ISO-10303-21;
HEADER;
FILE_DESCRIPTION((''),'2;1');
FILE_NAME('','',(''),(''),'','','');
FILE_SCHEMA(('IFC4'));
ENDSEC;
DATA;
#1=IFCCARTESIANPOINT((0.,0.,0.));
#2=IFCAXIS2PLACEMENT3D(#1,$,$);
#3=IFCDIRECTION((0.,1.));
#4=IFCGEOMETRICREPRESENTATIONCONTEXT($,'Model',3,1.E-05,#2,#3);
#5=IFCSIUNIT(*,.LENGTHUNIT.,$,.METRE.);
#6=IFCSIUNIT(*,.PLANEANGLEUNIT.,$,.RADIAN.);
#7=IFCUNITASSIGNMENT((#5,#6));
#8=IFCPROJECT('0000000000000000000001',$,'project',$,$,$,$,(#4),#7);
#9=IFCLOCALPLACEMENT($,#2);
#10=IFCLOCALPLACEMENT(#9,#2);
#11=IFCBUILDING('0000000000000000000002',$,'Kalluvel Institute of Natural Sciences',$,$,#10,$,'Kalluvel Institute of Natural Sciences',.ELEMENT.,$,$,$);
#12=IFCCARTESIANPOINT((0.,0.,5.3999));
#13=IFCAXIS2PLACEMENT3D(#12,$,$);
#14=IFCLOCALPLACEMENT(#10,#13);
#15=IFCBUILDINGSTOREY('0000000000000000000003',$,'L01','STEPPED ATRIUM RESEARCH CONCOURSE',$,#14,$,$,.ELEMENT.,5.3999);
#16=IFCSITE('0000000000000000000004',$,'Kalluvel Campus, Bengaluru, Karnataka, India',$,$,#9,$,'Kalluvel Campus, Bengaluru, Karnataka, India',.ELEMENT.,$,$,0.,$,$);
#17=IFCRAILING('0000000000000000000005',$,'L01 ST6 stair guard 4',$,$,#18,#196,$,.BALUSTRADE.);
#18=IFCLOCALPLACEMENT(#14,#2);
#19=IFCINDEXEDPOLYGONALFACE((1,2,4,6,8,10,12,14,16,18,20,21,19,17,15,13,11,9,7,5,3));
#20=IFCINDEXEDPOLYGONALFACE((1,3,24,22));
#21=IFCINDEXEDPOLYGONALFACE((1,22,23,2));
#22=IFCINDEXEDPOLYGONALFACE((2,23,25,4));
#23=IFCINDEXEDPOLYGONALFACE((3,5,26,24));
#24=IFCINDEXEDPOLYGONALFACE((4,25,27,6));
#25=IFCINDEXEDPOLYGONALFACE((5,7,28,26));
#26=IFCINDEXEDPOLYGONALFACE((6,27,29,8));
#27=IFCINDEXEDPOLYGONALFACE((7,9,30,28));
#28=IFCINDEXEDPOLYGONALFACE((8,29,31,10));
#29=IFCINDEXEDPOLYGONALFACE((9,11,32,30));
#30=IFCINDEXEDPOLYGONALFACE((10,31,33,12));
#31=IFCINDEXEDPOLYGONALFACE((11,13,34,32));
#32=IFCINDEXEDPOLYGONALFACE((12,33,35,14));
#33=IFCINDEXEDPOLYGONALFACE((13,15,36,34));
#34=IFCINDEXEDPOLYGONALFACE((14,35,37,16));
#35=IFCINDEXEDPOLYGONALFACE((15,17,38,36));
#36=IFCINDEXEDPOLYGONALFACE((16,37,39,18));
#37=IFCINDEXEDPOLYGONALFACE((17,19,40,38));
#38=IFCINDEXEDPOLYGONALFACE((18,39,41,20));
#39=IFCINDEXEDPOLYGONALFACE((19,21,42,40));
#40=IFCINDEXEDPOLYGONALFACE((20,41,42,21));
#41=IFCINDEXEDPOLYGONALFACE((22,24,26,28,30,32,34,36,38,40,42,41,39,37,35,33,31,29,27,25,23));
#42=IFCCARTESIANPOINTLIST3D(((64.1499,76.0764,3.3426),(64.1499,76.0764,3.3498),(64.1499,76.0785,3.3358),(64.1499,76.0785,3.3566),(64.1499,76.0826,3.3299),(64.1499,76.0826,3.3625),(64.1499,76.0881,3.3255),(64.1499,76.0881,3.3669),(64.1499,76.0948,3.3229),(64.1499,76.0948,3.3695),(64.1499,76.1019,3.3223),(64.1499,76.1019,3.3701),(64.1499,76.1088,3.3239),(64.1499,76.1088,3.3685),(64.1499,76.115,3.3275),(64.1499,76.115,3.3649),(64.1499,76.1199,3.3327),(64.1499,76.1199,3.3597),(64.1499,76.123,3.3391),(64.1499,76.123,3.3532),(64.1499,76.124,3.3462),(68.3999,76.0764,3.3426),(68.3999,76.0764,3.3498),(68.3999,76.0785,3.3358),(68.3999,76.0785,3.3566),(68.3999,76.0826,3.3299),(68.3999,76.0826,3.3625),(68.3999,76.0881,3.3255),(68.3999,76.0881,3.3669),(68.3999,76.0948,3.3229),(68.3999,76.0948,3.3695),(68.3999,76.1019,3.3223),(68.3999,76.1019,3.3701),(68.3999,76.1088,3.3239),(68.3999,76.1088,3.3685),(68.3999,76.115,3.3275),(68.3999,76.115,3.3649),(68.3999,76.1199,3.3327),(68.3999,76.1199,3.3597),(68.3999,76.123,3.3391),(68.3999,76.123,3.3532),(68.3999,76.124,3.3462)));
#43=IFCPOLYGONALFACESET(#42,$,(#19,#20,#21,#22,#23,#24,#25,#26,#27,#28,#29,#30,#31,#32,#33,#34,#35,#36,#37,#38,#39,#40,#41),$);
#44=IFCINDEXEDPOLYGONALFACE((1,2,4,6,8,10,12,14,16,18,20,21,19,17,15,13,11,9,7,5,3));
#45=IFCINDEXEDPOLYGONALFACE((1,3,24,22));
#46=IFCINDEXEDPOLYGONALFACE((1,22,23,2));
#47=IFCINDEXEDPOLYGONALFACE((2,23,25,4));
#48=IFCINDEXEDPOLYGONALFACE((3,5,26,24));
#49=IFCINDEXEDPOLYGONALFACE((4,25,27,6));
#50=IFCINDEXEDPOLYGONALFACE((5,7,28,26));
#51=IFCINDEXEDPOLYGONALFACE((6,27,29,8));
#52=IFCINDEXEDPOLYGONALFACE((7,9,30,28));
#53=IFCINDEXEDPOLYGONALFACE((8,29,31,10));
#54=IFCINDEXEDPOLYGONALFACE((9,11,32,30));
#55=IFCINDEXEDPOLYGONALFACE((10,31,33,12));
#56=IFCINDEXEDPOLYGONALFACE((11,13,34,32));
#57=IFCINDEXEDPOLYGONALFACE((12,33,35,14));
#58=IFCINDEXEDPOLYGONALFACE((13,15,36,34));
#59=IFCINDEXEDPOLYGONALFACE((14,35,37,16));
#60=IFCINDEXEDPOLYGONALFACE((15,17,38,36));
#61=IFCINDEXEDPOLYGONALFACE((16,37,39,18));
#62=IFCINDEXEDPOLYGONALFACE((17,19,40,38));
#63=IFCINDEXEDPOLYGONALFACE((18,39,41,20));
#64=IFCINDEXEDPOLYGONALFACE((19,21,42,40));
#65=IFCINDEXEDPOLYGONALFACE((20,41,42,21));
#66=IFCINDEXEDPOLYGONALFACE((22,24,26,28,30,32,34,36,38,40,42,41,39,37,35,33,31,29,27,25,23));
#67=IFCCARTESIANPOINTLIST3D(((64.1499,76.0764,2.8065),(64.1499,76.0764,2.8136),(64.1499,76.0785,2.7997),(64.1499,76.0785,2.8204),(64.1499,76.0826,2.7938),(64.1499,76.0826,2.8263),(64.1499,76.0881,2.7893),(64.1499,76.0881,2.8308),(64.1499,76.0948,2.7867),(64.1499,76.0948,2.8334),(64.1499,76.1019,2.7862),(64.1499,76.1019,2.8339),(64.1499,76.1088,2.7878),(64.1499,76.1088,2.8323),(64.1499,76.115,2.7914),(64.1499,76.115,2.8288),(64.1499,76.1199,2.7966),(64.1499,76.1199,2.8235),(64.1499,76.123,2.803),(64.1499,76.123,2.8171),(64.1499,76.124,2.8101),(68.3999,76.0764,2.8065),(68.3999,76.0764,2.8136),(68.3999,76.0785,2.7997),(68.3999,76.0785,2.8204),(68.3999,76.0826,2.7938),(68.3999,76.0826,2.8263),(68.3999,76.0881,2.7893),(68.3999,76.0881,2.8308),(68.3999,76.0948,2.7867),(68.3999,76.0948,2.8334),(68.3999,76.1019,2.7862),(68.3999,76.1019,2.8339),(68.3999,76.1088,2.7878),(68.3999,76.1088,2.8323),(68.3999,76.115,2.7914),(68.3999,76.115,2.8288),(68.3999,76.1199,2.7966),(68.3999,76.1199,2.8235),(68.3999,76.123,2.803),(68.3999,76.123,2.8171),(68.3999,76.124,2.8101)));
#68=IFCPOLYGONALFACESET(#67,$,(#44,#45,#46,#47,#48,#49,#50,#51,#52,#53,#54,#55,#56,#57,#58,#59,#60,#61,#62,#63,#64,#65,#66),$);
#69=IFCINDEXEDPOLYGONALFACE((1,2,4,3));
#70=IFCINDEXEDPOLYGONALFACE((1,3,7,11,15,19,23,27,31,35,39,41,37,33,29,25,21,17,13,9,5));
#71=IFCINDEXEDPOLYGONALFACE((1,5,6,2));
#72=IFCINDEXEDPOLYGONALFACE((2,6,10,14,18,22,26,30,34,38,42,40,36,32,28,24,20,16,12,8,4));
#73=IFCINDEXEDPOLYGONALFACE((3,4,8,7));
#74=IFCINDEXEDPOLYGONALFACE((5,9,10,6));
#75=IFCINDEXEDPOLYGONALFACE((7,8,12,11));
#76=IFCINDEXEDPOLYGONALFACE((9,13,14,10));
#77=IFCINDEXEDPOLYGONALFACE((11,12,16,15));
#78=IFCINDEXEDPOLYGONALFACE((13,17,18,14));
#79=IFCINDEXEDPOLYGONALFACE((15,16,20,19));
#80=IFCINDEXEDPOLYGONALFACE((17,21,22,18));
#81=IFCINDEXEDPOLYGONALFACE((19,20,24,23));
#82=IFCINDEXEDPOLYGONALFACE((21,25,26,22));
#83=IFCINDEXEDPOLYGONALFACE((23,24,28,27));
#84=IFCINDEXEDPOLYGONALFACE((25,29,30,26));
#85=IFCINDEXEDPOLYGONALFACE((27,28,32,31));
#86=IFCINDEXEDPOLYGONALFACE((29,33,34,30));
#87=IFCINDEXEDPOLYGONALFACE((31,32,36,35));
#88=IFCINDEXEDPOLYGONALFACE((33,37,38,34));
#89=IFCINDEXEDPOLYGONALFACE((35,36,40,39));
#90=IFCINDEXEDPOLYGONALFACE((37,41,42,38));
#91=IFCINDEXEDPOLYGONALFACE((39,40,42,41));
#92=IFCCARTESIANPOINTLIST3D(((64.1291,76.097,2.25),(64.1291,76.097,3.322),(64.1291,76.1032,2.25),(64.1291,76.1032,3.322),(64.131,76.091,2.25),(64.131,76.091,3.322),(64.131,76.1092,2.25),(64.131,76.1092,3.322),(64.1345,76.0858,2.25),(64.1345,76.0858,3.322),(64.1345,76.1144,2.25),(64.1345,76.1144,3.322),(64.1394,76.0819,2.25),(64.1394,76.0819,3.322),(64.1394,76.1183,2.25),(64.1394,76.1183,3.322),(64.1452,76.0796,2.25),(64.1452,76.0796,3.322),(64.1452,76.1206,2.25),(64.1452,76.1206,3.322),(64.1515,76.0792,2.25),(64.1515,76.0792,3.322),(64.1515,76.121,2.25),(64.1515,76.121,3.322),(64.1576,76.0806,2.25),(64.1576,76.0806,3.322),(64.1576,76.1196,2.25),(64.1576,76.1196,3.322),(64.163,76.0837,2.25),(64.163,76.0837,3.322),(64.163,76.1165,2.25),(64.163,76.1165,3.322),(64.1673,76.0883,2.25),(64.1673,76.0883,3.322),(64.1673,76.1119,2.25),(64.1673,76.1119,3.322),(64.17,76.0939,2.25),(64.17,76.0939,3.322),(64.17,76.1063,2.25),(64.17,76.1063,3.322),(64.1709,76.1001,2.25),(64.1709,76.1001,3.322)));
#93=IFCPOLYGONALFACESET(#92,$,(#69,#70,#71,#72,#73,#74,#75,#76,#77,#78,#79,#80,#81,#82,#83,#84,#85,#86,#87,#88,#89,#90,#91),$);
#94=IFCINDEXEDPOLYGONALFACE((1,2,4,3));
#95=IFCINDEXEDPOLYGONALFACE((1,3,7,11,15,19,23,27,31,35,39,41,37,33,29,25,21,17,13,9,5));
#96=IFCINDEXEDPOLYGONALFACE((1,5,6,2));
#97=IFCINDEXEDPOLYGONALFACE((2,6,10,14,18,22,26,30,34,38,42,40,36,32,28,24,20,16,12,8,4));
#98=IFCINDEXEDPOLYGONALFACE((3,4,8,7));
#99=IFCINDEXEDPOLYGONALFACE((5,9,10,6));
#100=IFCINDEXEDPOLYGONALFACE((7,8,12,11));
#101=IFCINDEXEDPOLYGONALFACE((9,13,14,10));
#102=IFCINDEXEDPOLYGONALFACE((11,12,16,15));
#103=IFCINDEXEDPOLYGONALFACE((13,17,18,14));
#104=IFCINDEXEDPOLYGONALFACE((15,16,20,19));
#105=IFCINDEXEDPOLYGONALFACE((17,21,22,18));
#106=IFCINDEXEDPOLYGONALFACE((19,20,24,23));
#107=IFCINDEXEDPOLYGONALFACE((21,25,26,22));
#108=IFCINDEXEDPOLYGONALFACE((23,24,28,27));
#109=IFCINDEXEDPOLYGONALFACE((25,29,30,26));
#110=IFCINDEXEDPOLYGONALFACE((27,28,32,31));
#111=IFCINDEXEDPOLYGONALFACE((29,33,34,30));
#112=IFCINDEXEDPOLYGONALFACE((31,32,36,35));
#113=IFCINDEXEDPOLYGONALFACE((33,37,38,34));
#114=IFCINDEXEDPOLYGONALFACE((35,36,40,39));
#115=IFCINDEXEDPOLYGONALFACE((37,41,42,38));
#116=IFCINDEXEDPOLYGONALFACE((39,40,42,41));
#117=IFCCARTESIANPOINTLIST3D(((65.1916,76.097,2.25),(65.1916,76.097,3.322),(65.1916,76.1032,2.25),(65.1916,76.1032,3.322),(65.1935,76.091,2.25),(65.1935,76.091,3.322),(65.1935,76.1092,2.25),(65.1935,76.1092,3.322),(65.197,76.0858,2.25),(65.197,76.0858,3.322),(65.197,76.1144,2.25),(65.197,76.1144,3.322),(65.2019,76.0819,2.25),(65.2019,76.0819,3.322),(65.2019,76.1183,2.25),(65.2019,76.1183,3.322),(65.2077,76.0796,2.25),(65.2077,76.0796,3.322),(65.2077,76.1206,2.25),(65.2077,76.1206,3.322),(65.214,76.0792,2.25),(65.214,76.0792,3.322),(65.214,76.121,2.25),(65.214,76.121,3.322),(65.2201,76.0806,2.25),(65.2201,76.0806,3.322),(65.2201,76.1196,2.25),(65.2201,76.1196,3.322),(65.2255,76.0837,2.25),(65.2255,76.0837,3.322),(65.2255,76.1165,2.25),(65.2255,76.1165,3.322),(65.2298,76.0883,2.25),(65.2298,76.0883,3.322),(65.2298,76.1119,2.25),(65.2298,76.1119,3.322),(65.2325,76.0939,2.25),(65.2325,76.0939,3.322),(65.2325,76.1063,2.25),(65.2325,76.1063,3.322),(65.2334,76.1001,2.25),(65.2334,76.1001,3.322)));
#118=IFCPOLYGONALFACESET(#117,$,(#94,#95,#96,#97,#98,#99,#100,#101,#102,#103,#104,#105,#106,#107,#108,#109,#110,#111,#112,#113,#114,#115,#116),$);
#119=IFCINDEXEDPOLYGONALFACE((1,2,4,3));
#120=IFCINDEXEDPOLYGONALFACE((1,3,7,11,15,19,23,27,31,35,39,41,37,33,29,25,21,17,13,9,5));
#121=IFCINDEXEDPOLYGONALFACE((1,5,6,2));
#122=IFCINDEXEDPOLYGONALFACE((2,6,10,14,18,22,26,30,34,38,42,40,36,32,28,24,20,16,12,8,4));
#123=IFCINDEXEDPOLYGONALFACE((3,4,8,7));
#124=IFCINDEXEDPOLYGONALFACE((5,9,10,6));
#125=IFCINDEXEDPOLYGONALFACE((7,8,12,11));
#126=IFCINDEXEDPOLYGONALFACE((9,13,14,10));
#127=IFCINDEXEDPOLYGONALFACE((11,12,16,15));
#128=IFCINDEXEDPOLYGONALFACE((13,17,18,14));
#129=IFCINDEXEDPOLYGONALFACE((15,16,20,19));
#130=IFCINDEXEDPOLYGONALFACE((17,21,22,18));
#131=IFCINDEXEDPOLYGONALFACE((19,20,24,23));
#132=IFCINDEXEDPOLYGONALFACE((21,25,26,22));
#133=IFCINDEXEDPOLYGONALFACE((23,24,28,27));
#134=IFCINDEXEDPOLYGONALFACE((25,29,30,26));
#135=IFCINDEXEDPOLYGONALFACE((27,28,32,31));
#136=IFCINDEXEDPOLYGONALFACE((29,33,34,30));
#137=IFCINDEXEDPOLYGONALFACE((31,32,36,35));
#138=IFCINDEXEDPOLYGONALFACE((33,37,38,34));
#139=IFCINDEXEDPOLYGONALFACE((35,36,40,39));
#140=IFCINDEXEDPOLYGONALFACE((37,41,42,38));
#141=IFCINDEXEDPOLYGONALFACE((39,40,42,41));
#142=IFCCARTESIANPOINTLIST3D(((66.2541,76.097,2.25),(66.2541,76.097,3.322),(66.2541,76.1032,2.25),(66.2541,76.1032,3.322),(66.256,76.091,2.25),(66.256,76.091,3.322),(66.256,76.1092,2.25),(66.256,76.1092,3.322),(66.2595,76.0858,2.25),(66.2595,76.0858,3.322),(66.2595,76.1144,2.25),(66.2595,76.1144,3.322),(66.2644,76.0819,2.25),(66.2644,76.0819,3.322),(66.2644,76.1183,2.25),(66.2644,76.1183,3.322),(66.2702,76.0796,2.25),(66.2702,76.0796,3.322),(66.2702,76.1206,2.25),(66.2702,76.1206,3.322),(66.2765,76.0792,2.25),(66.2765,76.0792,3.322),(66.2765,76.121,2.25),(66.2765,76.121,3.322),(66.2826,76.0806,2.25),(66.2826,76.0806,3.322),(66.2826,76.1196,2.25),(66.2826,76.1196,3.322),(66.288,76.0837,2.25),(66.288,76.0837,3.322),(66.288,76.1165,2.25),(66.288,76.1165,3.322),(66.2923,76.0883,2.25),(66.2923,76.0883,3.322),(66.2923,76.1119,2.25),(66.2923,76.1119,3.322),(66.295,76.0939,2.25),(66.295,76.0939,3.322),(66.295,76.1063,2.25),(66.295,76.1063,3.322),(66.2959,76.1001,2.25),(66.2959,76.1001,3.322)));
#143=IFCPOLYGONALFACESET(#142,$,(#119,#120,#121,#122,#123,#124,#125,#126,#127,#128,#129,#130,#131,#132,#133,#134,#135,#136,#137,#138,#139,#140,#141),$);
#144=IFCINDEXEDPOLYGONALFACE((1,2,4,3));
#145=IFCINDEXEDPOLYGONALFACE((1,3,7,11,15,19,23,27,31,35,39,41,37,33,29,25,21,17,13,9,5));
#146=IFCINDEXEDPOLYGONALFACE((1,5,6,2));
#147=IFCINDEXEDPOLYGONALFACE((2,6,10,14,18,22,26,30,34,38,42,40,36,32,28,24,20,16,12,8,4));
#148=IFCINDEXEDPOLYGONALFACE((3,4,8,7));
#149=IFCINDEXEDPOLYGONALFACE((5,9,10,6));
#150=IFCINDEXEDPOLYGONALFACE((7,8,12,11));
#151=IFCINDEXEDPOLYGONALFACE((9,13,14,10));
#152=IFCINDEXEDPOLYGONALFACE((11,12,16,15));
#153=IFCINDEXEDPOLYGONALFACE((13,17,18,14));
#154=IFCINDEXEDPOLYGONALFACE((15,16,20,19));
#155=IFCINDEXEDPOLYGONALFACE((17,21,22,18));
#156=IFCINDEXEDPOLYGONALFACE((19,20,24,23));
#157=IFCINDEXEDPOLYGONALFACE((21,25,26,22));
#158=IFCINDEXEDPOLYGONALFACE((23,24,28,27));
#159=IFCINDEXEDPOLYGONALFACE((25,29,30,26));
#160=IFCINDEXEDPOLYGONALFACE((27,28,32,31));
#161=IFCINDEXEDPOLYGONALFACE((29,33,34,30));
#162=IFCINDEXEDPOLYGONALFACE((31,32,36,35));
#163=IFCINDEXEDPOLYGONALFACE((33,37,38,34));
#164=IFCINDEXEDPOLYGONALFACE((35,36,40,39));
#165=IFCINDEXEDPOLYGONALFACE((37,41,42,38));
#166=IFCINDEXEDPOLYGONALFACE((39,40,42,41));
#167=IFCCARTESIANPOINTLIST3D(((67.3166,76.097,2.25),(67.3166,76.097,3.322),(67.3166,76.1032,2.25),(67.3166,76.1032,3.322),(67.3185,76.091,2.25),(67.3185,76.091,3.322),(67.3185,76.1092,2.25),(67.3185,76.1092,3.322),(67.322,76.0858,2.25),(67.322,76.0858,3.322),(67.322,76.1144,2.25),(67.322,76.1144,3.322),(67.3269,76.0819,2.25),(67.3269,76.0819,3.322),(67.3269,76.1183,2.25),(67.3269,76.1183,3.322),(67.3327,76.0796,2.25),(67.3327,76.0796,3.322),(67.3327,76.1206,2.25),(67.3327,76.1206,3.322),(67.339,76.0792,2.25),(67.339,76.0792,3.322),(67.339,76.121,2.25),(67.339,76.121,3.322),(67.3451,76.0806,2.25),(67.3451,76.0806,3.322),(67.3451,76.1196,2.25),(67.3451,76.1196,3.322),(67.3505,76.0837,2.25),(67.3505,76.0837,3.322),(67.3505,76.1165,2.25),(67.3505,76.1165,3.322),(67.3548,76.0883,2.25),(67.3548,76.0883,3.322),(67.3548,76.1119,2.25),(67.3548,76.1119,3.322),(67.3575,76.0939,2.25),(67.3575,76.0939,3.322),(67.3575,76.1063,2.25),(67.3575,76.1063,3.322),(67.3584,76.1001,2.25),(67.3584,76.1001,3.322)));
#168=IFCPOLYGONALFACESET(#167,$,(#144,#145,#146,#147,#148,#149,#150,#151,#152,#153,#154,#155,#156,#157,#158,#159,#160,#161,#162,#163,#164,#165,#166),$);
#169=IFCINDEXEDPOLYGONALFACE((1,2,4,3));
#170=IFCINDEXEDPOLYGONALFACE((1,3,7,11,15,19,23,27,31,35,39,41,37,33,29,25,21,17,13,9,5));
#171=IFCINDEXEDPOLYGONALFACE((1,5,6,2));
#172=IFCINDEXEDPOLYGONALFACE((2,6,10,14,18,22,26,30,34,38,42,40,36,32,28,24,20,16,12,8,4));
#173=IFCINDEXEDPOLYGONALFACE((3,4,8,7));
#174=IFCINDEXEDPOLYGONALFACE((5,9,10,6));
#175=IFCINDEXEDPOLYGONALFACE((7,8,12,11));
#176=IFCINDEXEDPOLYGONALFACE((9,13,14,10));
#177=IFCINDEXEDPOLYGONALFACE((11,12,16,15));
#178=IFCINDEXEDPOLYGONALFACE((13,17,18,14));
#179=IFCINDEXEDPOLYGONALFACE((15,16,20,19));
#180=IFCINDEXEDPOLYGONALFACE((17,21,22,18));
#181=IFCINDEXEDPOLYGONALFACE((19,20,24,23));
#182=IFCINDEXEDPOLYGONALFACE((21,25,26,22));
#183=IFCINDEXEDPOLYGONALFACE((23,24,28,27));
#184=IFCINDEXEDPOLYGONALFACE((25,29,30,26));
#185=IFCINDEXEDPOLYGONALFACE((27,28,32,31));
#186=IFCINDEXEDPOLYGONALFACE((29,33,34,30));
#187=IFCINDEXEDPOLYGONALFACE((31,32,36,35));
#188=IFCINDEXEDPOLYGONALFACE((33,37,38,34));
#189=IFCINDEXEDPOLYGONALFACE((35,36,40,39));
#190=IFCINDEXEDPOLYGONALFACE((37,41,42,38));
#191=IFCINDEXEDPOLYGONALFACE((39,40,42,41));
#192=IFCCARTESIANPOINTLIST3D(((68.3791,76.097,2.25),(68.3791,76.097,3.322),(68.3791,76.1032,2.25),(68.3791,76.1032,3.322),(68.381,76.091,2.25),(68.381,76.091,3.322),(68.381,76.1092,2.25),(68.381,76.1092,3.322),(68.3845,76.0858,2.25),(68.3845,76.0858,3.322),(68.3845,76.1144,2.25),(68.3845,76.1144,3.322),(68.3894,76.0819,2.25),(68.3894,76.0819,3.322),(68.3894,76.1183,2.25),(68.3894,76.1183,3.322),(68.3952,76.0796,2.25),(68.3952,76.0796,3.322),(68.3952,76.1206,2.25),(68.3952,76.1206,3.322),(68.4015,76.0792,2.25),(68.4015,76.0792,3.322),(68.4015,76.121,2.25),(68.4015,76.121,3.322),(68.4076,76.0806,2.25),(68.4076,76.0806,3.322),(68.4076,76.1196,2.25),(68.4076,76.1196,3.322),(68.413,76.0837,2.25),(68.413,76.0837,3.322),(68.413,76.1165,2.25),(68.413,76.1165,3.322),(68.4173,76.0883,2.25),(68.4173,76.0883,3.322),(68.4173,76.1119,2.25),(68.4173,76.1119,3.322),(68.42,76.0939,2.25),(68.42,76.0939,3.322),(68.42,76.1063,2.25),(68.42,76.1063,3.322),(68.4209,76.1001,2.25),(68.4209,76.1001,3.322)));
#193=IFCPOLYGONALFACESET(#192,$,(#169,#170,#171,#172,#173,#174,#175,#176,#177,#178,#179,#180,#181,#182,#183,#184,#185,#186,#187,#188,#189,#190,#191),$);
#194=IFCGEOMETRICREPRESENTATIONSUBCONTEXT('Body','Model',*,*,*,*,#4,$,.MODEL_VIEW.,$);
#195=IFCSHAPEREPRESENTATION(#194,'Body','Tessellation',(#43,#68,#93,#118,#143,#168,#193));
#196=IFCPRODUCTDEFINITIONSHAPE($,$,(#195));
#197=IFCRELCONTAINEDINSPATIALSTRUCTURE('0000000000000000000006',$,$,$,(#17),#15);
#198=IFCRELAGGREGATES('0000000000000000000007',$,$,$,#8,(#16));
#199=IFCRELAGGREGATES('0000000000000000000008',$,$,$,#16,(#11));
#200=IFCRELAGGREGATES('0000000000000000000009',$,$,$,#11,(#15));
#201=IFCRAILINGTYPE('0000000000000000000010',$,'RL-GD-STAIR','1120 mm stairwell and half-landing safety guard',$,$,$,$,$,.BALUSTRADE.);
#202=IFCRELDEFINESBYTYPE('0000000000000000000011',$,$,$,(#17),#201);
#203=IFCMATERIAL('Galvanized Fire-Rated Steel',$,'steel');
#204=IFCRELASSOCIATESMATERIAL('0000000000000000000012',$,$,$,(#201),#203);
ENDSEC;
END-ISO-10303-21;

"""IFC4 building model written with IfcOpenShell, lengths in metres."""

from ifc_helpers import new_model, si_unit, direction, frame, origin, origin_2d, place, context, subcontext, project, spatial, circle, extrude, material, type_object, element, save


model = new_model("IFC4")

# Units and contexts
model_context = context("Model", 3, precision=1e-05, world=origin(), true_north=direction((0.0, 1.0)))
body_context = subcontext(model_context, "Body", "Model", "MODEL_VIEW")
ifc_project = project(units=[si_unit("LENGTHUNIT", "METRE"), si_unit("PLANEANGLEUNIT", "RADIAN")], contexts=[model_context])

# Site, building, storey
site_placement = place(None, origin())
site = spatial("IfcSite", under=ifc_project, at=site_placement, Name="Kalluvel Campus, Bengaluru, Karnataka, India", LongName="Kalluvel Campus, Bengaluru, Karnataka, India", CompositionType="ELEMENT", RefElevation=0.0)
building_placement = place(site_placement, origin())
building = spatial("IfcBuilding", under=site, at=building_placement, Name="Kalluvel Institute of Natural Sciences", LongName="Kalluvel Institute of Natural Sciences", CompositionType="ELEMENT")
storey_placement = place(building_placement, frame((0.0, 0.0, 5.3999)))
storey = spatial("IfcBuildingStorey", under=building, at=storey_placement, Name="L01", Description="STEPPED ATRIUM RESEARCH CONCOURSE", CompositionType="ELEMENT", Elevation=5.3999)

# Railing
ifc_material_1 = material(Name="Galvanized Fire-Rated Steel", Category="steel")
railing_type_1 = type_object("IfcRailingType", Name="RL-GD-STAIR", Description="1120 mm stairwell and half-landing safety guard", PredefinedType="BALUSTRADE", material=ifc_material_1)
for number, where, name in (
    (1, (64.1499, 76.1001, 2.25), "L01 ST6 stair guard 4"),
):
    element("IfcRailing", number, at=place(storey_placement, frame(where)), inside=storey, type_object=railing_type_1, Name=name, PredefinedType="BALUSTRADE", context=body_context, shape_type="SweptSolid", body=[
        extrude(circle(Radius=0.0239, at=origin_2d()), frame((0.0, 0.0, 1.0962), z_axis=(1.0, 0.0, 0.0), x_axis=(0.0, 1.0, 0.0)), (0.0, 0.0, 1.0), 4.25),
        extrude(circle(Radius=0.0239, at=origin_2d()), frame((0.0, 0.0, 0.5601), z_axis=(1.0, 0.0, 0.0), x_axis=(0.0, 1.0, 0.0)), (0.0, 0.0, 1.0), 4.25),
        extrude(circle(Radius=0.021, at=origin_2d()), origin(), (0.0, 0.0, 1.0), 1.072),
        extrude(circle(Radius=0.021, at=origin_2d()), frame((1.0625, 0.0, 0.0)), (0.0, 0.0, 1.0), 1.072),
        extrude(circle(Radius=0.021, at=origin_2d()), frame((2.125, 0.0, 0.0)), (0.0, 0.0, 1.0), 1.072),
        extrude(circle(Radius=0.021, at=origin_2d()), frame((3.1875, 0.0, 0.0)), (0.0, 0.0, 1.0), 1.072),
        extrude(circle(Radius=0.021, at=origin_2d()), frame((4.25, 0.0, 0.0)), (0.0, 0.0, 1.0), 1.072),
    ])

save(model, "model.ifc")
